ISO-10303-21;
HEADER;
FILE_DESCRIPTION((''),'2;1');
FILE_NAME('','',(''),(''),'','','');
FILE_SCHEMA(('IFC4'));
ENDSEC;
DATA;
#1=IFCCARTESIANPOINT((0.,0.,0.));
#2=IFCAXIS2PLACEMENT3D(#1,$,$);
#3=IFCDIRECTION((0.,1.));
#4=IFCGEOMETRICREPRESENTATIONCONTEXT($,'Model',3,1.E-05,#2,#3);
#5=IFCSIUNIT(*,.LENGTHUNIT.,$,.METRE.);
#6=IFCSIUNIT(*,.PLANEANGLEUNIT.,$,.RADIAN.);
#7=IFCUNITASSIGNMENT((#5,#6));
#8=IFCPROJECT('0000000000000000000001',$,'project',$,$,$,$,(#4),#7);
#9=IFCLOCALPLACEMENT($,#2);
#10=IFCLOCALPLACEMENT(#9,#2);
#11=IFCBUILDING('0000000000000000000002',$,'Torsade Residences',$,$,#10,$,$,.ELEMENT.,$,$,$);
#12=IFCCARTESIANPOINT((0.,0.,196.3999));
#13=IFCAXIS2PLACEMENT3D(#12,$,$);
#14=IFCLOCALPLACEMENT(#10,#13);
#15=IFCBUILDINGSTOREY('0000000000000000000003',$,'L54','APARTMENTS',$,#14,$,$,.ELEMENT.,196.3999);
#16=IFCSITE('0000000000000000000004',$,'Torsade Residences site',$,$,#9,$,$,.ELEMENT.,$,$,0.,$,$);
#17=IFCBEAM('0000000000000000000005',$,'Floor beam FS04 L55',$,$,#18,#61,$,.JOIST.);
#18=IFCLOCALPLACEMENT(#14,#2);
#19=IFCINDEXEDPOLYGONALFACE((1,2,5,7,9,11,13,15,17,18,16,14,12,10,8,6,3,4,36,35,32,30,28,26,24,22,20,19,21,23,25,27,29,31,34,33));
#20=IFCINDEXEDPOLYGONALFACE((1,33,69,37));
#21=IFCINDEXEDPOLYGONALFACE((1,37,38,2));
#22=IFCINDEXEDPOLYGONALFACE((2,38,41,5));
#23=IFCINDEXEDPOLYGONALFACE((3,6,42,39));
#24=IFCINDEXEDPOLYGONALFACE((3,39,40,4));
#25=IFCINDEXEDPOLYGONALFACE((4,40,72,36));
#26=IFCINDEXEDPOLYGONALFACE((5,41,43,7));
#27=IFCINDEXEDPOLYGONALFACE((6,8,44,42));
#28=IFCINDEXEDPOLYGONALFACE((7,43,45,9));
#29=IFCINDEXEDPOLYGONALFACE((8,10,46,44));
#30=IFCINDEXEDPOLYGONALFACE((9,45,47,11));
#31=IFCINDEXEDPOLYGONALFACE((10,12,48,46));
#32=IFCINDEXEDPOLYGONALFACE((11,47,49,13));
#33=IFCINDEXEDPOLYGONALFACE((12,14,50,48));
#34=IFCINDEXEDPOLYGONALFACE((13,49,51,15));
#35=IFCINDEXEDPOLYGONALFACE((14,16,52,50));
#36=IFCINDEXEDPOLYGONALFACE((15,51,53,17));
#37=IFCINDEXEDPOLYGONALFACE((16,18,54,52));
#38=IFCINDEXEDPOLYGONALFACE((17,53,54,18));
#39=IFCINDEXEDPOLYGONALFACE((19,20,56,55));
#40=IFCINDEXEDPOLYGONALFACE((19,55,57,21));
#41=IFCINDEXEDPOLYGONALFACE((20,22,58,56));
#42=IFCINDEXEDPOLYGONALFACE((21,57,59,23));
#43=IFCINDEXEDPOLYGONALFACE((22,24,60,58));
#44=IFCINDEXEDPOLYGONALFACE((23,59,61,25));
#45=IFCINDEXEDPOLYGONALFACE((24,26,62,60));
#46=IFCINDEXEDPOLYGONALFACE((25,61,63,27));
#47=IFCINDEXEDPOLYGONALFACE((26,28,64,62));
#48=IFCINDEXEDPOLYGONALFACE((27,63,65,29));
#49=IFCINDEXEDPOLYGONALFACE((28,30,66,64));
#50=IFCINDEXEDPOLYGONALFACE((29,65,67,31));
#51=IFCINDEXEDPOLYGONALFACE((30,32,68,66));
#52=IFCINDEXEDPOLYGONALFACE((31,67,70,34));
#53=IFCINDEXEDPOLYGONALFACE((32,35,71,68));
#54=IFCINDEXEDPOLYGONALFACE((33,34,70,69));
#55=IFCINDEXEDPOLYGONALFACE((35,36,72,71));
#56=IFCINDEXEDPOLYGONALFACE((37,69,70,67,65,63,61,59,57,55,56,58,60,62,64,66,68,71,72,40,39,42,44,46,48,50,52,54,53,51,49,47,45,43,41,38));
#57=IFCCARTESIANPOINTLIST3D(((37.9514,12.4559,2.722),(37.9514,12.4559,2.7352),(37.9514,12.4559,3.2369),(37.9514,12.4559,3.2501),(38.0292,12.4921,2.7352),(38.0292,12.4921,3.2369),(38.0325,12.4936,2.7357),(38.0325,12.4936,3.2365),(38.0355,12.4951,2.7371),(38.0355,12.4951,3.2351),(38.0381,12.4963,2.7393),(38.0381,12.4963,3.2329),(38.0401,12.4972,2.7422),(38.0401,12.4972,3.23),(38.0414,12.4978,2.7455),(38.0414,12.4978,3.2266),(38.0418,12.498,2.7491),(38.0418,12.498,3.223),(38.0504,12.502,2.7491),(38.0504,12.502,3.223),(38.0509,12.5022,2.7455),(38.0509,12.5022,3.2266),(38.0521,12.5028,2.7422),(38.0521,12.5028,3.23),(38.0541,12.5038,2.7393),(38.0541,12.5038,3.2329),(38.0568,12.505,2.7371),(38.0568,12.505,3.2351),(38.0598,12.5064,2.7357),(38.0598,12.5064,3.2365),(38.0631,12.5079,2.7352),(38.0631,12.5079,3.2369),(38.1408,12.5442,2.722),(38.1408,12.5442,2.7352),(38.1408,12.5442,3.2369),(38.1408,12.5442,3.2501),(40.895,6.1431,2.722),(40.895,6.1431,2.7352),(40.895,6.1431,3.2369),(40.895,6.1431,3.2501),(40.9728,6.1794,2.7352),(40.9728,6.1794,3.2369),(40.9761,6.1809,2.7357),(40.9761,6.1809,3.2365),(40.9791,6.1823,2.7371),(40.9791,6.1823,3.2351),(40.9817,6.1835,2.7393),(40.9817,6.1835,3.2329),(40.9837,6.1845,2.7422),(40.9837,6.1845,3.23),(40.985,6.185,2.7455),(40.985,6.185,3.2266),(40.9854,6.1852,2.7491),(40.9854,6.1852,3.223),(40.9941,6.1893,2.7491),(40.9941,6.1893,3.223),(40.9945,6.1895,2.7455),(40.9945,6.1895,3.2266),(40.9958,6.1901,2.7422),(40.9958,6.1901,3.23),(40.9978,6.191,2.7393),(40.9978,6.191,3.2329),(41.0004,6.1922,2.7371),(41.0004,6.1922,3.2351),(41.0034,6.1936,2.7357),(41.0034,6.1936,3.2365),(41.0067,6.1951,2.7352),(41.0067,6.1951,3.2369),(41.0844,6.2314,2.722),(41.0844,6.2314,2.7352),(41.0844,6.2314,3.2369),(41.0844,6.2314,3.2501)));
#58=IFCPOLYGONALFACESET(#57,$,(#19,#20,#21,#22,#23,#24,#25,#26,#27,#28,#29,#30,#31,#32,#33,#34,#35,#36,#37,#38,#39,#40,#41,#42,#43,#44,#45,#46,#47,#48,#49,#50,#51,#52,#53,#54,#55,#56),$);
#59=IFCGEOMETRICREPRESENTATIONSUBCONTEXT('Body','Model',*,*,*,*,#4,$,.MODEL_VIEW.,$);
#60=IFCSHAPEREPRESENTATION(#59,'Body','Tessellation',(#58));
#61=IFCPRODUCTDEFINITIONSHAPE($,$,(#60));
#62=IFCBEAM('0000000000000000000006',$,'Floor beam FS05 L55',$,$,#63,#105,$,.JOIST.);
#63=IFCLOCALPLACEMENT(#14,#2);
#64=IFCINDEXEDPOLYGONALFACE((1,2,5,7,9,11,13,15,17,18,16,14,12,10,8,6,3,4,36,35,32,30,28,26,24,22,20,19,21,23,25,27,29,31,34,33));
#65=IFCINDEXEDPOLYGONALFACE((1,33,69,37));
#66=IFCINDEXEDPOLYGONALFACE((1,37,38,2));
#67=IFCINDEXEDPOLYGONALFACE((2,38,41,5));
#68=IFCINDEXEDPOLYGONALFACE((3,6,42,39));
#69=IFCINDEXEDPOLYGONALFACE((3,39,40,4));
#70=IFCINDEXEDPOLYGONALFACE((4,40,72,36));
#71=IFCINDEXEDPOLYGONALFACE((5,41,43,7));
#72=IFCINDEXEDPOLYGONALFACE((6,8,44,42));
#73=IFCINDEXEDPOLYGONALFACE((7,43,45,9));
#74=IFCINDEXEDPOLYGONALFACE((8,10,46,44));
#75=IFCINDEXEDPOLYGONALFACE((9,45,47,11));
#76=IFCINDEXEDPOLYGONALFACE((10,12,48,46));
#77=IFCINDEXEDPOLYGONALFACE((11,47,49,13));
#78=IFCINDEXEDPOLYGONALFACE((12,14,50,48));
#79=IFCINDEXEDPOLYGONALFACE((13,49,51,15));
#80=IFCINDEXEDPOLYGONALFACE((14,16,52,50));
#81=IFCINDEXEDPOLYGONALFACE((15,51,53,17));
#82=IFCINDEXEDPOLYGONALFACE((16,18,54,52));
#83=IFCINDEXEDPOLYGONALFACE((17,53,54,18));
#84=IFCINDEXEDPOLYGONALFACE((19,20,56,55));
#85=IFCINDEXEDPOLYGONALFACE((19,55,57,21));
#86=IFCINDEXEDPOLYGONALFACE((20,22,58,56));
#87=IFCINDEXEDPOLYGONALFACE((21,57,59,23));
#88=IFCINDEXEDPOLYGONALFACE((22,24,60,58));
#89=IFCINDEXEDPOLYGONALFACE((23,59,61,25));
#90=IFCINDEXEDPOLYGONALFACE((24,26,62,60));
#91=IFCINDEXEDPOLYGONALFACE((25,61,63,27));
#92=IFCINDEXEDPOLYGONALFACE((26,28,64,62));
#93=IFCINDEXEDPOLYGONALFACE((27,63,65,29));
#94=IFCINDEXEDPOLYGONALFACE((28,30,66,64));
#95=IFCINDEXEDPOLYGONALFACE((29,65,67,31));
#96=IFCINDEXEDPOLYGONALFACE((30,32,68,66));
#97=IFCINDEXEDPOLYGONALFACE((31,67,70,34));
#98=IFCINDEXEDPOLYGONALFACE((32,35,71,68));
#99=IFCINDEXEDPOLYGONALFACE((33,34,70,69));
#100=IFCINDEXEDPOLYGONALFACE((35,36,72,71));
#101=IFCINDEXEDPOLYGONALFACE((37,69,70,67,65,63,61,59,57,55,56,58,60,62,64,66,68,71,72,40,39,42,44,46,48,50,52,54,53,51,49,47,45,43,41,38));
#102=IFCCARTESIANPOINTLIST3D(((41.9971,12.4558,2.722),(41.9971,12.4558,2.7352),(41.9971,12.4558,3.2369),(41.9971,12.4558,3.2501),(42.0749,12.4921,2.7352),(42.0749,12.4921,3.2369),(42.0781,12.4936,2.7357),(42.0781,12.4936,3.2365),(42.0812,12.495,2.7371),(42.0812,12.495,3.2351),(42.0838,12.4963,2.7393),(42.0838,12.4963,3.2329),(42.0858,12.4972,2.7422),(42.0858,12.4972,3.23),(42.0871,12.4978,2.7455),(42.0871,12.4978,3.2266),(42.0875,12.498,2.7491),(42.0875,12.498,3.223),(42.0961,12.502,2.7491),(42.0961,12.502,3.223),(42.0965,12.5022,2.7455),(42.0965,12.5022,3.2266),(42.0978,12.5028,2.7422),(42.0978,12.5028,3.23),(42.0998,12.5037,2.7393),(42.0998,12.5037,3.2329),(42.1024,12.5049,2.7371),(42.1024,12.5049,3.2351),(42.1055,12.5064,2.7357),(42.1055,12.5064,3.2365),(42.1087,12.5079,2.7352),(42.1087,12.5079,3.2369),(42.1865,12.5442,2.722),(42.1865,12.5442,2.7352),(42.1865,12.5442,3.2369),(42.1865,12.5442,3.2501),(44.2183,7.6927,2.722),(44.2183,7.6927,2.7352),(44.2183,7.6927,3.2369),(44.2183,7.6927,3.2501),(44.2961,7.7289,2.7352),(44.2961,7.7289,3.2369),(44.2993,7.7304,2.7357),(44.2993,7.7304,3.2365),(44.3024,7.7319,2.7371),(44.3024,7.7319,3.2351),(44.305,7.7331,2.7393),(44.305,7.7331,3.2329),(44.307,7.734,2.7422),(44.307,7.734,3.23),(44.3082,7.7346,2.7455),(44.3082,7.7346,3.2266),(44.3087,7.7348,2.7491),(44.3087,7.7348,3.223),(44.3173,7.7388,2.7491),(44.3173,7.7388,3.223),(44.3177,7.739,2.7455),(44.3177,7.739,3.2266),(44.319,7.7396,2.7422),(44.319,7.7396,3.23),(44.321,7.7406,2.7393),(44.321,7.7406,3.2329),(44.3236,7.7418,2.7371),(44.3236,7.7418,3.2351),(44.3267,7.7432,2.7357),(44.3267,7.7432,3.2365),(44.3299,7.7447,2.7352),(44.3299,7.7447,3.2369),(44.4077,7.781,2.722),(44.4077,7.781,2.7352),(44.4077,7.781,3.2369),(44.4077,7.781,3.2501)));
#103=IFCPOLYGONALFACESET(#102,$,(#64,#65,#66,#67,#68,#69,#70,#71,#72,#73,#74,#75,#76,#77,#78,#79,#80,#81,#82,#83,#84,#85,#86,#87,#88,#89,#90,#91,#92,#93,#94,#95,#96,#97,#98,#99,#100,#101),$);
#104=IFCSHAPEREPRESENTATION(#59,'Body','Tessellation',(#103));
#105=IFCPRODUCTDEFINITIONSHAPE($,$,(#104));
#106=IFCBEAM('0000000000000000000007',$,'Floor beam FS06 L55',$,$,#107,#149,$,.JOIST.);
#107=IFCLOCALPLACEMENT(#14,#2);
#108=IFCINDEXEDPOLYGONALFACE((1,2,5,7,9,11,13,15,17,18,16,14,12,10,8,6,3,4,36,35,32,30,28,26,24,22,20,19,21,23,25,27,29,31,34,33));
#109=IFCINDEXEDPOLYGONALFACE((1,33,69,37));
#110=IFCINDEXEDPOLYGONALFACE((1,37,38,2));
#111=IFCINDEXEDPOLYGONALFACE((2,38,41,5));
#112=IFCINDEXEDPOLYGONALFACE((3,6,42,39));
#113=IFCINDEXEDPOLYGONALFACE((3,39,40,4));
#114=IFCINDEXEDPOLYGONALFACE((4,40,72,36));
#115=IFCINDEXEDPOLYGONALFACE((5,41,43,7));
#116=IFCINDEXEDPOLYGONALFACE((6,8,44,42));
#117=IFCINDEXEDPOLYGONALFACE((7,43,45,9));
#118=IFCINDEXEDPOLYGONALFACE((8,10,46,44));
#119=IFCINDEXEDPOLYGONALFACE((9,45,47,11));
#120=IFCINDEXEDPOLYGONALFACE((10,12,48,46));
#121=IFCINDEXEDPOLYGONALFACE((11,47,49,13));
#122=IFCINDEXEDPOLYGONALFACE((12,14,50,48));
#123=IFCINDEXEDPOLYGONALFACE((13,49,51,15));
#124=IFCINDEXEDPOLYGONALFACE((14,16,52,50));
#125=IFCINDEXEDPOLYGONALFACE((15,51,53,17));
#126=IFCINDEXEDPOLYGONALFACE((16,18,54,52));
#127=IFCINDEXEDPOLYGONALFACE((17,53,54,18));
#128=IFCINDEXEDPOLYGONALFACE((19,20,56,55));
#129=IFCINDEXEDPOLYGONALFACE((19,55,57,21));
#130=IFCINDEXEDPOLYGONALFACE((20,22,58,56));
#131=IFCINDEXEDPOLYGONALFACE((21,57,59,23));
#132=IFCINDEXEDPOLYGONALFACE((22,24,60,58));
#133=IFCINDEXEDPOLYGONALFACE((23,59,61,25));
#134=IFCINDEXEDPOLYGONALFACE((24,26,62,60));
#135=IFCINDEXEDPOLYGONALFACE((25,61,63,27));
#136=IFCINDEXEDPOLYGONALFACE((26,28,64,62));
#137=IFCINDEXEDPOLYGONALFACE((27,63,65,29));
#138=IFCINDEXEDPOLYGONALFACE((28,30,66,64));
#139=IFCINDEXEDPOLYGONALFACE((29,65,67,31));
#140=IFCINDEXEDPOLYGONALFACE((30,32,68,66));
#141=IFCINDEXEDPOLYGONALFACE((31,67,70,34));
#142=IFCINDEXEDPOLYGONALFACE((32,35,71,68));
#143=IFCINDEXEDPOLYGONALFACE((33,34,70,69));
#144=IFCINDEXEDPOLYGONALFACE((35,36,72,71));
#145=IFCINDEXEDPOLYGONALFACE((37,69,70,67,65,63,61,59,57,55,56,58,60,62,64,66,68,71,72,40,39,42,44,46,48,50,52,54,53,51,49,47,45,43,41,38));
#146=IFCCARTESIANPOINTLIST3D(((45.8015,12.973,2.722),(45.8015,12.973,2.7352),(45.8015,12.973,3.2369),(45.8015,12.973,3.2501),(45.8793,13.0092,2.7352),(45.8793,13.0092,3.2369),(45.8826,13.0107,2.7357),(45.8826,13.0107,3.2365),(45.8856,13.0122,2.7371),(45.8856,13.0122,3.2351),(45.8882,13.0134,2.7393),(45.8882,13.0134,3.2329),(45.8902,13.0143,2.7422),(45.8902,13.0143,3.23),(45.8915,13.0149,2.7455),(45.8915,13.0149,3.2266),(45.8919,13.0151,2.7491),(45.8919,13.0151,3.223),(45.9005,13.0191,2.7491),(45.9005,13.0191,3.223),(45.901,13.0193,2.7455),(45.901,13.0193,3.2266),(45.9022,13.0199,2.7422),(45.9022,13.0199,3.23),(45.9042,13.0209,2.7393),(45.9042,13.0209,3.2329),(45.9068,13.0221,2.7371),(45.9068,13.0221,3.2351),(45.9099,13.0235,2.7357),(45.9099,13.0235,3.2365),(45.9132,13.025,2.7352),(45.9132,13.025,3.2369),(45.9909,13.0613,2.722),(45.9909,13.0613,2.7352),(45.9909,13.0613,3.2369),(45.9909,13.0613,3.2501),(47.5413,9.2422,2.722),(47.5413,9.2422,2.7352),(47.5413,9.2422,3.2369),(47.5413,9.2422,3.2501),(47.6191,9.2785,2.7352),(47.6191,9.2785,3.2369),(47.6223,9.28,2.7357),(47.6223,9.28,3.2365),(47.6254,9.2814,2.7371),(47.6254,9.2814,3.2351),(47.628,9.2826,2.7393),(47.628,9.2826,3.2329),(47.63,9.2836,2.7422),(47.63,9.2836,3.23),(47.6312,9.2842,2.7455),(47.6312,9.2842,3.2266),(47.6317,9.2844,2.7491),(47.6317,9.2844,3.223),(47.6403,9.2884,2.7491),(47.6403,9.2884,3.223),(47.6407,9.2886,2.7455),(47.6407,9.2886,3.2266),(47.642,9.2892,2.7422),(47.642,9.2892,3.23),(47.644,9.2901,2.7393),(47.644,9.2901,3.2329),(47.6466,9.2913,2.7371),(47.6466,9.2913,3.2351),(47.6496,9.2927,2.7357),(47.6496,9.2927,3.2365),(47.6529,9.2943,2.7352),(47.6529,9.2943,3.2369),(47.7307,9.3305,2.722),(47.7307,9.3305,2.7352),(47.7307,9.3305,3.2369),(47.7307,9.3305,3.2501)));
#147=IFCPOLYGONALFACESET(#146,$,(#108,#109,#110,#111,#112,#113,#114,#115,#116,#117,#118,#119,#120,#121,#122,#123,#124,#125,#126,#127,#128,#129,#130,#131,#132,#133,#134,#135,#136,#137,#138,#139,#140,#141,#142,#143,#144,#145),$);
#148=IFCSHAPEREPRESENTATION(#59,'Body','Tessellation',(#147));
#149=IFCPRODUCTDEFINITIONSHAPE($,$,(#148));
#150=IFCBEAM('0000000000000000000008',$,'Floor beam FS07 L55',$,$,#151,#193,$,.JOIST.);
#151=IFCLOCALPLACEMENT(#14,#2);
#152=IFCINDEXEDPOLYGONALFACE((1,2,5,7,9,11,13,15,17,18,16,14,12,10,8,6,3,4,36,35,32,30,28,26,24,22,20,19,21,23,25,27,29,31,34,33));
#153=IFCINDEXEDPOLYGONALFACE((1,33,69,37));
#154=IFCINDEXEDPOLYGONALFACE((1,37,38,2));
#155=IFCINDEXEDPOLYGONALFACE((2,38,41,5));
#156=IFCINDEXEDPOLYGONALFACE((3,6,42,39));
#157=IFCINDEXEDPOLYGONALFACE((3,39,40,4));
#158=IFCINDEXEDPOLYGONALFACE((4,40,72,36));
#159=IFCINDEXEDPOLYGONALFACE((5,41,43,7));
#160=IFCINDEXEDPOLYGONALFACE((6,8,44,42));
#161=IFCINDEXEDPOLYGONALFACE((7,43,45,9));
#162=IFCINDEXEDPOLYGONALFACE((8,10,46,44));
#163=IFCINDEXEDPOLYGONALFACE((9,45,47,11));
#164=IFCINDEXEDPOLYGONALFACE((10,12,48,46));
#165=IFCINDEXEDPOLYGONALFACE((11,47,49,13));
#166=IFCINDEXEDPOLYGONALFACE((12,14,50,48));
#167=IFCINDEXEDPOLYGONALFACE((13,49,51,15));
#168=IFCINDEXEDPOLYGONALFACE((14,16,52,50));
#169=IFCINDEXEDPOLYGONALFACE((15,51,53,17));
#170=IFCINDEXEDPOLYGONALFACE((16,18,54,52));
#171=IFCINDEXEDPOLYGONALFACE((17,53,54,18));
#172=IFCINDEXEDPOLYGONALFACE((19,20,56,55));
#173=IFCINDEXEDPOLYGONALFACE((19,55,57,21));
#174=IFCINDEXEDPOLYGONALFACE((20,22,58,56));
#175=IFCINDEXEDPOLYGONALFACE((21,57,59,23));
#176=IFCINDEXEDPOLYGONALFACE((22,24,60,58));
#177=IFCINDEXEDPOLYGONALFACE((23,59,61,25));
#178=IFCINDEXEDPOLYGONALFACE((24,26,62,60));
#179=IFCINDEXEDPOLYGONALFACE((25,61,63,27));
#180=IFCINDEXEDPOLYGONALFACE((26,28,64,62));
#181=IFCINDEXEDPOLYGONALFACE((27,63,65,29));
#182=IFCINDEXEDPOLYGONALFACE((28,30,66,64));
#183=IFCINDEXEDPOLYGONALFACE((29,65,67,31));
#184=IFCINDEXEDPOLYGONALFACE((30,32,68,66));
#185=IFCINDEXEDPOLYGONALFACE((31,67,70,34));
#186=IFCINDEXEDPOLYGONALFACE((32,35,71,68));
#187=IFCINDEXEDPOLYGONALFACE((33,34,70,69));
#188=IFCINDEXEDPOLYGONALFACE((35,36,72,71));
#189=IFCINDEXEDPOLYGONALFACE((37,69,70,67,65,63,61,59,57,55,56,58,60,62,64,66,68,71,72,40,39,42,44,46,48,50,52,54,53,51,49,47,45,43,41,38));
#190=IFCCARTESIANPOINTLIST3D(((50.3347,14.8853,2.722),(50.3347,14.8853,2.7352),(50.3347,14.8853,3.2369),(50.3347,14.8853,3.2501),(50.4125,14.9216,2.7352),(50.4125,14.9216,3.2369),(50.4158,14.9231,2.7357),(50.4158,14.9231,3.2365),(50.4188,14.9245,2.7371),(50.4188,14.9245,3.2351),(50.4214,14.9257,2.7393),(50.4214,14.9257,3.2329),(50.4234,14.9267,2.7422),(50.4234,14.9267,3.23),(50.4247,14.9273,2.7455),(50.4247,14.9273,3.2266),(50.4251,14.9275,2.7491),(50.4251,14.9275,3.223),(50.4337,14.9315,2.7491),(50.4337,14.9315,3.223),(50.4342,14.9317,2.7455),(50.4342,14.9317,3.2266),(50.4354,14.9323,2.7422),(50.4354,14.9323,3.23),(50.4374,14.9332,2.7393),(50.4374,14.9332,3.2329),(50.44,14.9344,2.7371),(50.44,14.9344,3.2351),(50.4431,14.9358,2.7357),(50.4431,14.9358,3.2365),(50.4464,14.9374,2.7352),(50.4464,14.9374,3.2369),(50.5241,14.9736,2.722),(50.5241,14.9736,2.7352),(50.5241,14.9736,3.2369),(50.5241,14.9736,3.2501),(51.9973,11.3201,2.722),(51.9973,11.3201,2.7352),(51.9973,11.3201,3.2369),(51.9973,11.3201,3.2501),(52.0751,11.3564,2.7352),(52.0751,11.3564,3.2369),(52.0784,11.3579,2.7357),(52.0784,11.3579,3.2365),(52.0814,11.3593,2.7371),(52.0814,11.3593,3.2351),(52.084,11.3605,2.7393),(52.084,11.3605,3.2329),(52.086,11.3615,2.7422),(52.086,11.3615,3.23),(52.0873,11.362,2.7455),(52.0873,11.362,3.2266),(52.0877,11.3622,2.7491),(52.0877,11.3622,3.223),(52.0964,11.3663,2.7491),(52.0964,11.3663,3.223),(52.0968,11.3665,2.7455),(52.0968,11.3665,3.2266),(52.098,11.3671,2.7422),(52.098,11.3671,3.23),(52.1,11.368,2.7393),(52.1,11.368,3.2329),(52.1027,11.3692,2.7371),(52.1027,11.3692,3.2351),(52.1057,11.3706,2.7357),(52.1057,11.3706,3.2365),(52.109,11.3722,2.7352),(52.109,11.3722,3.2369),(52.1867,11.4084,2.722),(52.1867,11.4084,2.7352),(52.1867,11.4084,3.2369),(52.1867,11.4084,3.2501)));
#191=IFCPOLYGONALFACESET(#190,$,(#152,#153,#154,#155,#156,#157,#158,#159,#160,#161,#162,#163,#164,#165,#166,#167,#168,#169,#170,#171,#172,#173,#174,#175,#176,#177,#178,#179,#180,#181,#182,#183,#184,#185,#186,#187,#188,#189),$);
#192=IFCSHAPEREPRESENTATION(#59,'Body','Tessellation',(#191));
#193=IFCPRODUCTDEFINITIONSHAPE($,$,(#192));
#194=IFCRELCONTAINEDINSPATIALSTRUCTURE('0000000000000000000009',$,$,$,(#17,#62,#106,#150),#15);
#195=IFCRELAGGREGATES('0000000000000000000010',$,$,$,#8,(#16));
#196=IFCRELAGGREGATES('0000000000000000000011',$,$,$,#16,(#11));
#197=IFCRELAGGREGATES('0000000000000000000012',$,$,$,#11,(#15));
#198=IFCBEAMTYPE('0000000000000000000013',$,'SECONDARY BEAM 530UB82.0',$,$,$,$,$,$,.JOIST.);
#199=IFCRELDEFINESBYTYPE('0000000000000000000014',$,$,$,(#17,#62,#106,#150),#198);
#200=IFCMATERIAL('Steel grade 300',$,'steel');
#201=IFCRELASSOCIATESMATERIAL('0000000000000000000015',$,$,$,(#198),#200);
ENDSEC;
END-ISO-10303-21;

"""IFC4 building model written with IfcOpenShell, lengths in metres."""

from ifc_helpers import new_model, si_unit, direction, frame, origin, origin_2d, place, context, subcontext, project, spatial, i_section, extrude, material, material_profile, profile_set, type_object, element, save


model = new_model("IFC4")

# Units and contexts
model_context = context("Model", 3, precision=1e-05, world=origin(), true_north=direction((0.0, 1.0)))
body_context = subcontext(model_context, "Body", "Model", "MODEL_VIEW")
ifc_project = project(units=[si_unit("LENGTHUNIT", "METRE"), si_unit("PLANEANGLEUNIT", "RADIAN")], contexts=[model_context])

# Site, building, storey
site_placement = place(None, origin())
site = spatial("IfcSite", under=ifc_project, at=site_placement, Name="Torsade Residences site", CompositionType="ELEMENT", RefElevation=0.0)
building_placement = place(site_placement, origin())
building = spatial("IfcBuilding", under=site, at=building_placement, Name="Torsade Residences", CompositionType="ELEMENT")
storey_placement = place(building_placement, frame((0.0, 0.0, 196.3999)))
storey = spatial("IfcBuildingStorey", under=building, at=storey_placement, Name="L54", Description="APARTMENTS", CompositionType="ELEMENT", Elevation=196.3999)

# Beams
ifc_material_1 = material(Name="Steel grade 300", Category="steel")
ifc_material_profile_1 = material_profile(ifc_material_1, i_section(OverallWidth=0.209, OverallDepth=0.5281, WebThickness=0.0095, FlangeThickness=0.0132, FilletRadius=0.0139, at=origin_2d()), Name="530UB82.0")
ifc_profile_set_1 = profile_set([ifc_material_profile_1], Name="Steel grade 300")
beam_type_1 = type_object("IfcBeamType", Name="SECONDARY BEAM 530UB82.0", PredefinedType="JOIST", material=ifc_profile_set_1)
beam_1_placement = place(storey_placement, frame((40.9897, 6.1873, 2.9861), z_axis=(-0.422609, 0.906312, 0.0), x_axis=(-0.906312, -0.422609, 0.0)))
element("IfcBeam", 1, at=beam_1_placement, inside=storey, type_object=beam_type_1, Name="Floor beam FS04 L55", PredefinedType="JOIST", context=body_context, shape_type="SweptSolid", body=[
    extrude(i_section(OverallWidth=0.209, OverallDepth=0.5281, WebThickness=0.0095, FlangeThickness=0.0132, FilletRadius=0.0139, at=origin_2d()), origin(), (0.0, 0.0, 1.0), 6.9653),
])
beam_2_placement = place(storey_placement, frame((44.313, 7.7368, 2.9861), z_axis=(-0.422631, 0.906302, 0.0), x_axis=(-0.906302, -0.422631, 0.0)))
element("IfcBeam", 2, at=beam_2_placement, inside=storey, type_object=beam_type_1, Name="Floor beam FS05 L55", PredefinedType="JOIST", context=body_context, shape_type="SweptSolid", body=[
    extrude(i_section(OverallWidth=0.209, OverallDepth=0.5281, WebThickness=0.0095, FlangeThickness=0.0132, FilletRadius=0.0139, at=origin_2d()), origin(), (0.0, 0.0, 1.0), 5.2556),
])
beam_3_placement = place(storey_placement, frame((47.636, 9.2864, 2.9861), z_axis=(-0.422635, 0.9063, 0.0), x_axis=(-0.9063, -0.422635, 0.0)))
element("IfcBeam", 3, at=beam_3_placement, inside=storey, type_object=beam_type_1, Name="Floor beam FS06 L55", PredefinedType="JOIST", context=body_context, shape_type="SweptSolid", body=[
    extrude(i_section(OverallWidth=0.209, OverallDepth=0.5281, WebThickness=0.0095, FlangeThickness=0.0132, FilletRadius=0.0139, at=origin_2d()), origin(), (0.0, 0.0, 1.0), 4.1165),
])
beam_4_placement = place(storey_placement, frame((52.092, 11.3643, 2.9861), z_axis=(-0.422644, 0.906296, 0.0), x_axis=(-0.906296, -0.422644, 0.0)))
element("IfcBeam", 4, at=beam_4_placement, inside=storey, type_object=beam_type_1, Name="Floor beam FS07 L55", PredefinedType="JOIST", context=body_context, shape_type="SweptSolid", body=[
    extrude(i_section(OverallWidth=0.209, OverallDepth=0.5281, WebThickness=0.0095, FlangeThickness=0.0132, FilletRadius=0.0139, at=origin_2d()), origin(), (0.0, 0.0, 1.0), 3.9338),
])

save(model, "model.ifc")
